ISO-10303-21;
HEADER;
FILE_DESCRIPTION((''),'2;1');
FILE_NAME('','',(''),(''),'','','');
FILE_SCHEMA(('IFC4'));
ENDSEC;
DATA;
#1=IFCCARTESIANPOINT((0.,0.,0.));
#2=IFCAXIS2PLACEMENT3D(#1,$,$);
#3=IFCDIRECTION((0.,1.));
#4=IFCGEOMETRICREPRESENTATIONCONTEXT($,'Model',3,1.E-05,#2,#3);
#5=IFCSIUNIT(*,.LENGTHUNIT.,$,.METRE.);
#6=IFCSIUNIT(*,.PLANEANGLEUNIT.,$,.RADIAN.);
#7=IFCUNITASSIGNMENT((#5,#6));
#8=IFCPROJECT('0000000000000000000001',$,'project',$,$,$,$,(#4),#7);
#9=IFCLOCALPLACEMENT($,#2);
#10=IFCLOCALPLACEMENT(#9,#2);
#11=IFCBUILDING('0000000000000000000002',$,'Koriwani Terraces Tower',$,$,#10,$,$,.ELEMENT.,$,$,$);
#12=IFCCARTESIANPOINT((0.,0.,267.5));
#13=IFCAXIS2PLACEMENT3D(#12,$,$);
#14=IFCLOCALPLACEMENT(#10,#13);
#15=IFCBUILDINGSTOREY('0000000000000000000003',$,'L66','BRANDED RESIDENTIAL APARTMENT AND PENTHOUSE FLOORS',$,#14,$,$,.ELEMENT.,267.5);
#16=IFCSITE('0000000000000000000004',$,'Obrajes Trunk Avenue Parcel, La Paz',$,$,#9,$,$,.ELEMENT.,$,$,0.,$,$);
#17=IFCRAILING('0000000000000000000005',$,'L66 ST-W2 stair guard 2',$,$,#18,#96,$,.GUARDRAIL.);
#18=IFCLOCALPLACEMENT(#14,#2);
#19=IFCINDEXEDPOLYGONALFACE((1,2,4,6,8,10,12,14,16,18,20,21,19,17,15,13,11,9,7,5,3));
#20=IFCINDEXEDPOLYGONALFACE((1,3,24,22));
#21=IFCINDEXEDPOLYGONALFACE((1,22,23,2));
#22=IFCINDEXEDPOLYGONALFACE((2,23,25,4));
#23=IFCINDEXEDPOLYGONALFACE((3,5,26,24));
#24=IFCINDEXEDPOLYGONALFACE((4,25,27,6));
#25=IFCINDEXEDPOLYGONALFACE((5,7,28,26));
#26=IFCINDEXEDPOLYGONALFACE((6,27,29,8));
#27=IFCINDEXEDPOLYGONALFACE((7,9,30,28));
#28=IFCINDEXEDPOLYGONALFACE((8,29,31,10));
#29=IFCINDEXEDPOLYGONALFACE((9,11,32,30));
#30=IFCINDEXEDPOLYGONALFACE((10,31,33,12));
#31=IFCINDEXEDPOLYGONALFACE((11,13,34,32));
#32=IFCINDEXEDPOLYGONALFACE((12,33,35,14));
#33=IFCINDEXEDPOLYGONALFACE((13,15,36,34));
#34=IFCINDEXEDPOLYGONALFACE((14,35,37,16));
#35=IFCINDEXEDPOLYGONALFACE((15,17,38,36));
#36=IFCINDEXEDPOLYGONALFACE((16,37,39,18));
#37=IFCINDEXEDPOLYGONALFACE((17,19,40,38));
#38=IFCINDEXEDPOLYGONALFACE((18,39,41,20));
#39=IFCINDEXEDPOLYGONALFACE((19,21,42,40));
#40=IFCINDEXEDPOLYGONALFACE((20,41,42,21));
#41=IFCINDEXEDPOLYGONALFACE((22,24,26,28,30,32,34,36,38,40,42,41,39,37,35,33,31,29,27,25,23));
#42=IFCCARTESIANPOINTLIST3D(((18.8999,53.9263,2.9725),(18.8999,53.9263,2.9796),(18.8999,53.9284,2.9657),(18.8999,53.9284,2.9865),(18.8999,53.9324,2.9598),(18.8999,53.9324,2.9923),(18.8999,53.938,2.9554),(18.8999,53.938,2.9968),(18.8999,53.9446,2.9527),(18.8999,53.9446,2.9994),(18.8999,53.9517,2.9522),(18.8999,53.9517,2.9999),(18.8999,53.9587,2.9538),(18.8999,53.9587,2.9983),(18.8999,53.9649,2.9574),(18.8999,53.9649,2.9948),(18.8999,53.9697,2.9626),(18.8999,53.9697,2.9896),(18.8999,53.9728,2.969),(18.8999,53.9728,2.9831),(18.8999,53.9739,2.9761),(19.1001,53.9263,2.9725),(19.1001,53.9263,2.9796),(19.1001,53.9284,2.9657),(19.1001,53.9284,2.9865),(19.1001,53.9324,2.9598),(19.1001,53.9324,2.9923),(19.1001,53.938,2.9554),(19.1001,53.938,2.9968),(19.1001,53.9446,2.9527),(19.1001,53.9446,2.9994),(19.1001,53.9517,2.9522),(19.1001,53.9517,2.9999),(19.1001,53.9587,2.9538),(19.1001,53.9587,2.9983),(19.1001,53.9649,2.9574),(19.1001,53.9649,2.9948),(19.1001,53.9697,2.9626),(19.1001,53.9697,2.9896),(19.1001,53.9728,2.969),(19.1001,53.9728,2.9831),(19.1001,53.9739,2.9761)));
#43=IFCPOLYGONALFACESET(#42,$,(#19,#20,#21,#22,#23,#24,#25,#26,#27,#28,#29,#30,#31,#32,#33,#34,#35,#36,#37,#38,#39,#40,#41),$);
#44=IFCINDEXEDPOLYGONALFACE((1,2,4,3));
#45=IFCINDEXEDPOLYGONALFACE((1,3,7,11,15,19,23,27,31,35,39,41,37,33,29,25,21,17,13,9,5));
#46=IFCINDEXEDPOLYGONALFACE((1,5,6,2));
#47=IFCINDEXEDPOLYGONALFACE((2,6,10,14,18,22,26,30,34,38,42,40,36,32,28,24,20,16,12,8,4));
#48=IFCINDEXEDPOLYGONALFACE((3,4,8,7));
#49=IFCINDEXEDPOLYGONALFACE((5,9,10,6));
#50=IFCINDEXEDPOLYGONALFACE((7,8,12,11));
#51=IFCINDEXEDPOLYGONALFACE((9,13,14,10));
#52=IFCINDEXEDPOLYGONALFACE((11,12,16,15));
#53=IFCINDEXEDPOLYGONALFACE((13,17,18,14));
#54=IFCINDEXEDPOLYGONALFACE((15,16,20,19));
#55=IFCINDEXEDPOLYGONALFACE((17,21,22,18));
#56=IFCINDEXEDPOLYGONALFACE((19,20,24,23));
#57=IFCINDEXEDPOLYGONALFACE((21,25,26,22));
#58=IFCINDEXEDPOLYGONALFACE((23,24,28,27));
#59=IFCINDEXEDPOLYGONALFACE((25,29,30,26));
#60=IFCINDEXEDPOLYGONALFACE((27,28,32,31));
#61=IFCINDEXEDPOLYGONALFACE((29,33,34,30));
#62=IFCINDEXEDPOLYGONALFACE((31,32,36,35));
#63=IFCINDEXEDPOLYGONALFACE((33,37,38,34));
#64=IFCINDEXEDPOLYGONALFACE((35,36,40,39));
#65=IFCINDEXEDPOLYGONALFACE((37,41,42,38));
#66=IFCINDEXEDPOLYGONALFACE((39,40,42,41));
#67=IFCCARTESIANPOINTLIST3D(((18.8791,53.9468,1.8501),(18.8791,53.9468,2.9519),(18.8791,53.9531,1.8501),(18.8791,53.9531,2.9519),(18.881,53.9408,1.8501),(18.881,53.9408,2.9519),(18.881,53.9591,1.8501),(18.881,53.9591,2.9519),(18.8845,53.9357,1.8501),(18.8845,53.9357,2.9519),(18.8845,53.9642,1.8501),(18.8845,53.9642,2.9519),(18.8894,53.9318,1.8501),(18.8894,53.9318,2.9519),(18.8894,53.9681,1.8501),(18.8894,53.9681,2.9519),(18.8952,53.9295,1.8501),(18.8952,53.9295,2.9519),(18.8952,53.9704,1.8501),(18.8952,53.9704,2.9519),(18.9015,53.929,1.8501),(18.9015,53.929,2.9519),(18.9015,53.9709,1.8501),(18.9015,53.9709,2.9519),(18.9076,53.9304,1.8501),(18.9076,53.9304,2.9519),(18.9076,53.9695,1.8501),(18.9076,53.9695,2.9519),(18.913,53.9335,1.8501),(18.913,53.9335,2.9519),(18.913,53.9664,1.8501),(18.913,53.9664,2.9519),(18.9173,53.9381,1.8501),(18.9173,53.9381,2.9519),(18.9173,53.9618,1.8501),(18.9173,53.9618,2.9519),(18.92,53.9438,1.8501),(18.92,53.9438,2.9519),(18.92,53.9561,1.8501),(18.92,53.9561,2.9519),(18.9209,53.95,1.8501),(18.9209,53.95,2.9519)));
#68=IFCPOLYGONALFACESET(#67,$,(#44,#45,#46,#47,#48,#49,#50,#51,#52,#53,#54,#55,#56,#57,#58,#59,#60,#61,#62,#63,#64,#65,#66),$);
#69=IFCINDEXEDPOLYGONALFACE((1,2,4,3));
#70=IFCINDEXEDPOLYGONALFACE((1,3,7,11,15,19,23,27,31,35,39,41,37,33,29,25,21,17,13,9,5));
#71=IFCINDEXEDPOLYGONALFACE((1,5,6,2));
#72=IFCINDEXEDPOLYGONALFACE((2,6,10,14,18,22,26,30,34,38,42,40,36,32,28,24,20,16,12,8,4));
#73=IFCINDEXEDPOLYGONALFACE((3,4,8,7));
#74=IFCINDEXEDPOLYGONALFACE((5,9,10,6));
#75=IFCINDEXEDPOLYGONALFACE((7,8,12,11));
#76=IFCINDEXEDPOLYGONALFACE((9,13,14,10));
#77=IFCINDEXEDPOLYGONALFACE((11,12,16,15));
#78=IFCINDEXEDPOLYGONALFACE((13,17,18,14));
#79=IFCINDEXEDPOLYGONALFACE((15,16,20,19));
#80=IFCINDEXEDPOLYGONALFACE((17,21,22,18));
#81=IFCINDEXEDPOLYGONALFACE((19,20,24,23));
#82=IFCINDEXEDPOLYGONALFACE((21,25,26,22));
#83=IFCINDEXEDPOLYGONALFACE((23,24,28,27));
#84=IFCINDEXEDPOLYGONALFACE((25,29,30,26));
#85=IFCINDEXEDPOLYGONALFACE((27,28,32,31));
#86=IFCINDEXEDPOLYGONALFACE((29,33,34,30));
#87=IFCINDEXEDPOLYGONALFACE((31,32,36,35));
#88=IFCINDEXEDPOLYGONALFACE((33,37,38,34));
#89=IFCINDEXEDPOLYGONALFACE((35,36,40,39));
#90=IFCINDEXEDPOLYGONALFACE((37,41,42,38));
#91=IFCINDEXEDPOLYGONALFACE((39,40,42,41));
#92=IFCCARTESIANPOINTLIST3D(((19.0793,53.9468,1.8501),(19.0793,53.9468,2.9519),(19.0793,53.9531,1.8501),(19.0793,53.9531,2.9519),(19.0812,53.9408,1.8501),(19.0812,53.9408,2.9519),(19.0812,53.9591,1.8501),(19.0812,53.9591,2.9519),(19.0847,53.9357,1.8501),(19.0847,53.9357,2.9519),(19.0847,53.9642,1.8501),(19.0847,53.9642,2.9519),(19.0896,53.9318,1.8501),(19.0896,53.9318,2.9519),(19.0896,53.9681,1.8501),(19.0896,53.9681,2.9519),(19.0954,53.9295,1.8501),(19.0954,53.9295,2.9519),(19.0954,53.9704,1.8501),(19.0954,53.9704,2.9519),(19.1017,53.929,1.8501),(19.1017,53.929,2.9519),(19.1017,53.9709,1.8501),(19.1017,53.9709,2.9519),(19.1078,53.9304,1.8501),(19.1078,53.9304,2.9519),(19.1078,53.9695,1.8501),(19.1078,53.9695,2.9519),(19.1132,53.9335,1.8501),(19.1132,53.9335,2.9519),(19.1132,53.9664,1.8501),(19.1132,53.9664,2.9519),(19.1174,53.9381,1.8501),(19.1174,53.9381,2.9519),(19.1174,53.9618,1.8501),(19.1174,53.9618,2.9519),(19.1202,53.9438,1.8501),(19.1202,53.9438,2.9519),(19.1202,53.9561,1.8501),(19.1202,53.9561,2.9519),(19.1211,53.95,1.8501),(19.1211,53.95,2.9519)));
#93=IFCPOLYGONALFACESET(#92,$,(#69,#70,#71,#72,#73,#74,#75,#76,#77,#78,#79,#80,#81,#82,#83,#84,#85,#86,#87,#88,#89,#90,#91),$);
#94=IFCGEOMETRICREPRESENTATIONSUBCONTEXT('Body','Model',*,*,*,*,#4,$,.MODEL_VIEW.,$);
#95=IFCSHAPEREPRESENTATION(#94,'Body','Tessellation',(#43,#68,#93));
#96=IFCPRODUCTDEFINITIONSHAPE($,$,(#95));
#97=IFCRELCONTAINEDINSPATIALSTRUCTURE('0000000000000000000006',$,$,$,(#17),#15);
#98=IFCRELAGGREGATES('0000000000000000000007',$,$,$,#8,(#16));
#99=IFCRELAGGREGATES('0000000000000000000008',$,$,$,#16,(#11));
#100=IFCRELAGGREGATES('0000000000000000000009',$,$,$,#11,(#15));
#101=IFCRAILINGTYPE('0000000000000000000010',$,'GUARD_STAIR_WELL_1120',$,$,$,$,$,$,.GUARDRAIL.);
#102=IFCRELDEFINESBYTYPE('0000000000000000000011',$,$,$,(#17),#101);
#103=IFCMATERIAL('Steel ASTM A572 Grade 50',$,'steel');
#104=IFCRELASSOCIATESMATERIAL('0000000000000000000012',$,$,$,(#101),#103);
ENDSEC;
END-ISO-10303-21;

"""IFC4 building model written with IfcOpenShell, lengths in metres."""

from ifc_helpers import new_model, si_unit, direction, frame, origin, origin_2d, place, context, subcontext, project, spatial, circle, extrude, material, type_object, element, save


model = new_model("IFC4")

# Units and contexts
model_context = context("Model", 3, precision=1e-05, world=origin(), true_north=direction((0.0, 1.0)))
body_context = subcontext(model_context, "Body", "Model", "MODEL_VIEW")
ifc_project = project(units=[si_unit("LENGTHUNIT", "METRE"), si_unit("PLANEANGLEUNIT", "RADIAN")], contexts=[model_context])

# Site, building, storey
site_placement = place(None, origin())
site = spatial("IfcSite", under=ifc_project, at=site_placement, Name="Obrajes Trunk Avenue Parcel, La Paz", CompositionType="ELEMENT", RefElevation=0.0)
building_placement = place(site_placement, origin())
building = spatial("IfcBuilding", under=site, at=building_placement, Name="Koriwani Terraces Tower", CompositionType="ELEMENT")
storey_placement = place(building_placement, frame((0.0, 0.0, 267.5)))
storey = spatial("IfcBuildingStorey", under=building, at=storey_placement, Name="L66", Description="BRANDED RESIDENTIAL APARTMENT AND PENTHOUSE FLOORS", CompositionType="ELEMENT", Elevation=267.5)

# Shared definitions
ifc_material_1 = material(Name="Steel ASTM A572 Grade 50", Category="steel")

# Railing
railing_type_1 = type_object("IfcRailingType", Name="GUARD_STAIR_WELL_1120", PredefinedType="GUARDRAIL", material=ifc_material_1)
railing_1_placement = place(storey_placement, frame((18.8999, 53.95, 1.8501)))
element("IfcRailing", 1, at=railing_1_placement, inside=storey, type_object=railing_type_1, Name="L66 ST-W2 stair guard 2", PredefinedType="GUARDRAIL", context=body_context, shape_type="SweptSolid", body=[
    extrude(circle(Radius=0.0239, at=origin_2d()), frame((0.0, 0.0, 1.126), z_axis=(1.0, 0.0, 0.0), x_axis=(0.0, 1.0, 0.0)), (0.0, 0.0, 1.0), 0.2002),
    extrude(circle(Radius=0.021, at=origin_2d()), origin(), (0.0, 0.0, 1.0), 1.1018),
    extrude(circle(Radius=0.021, at=origin_2d()), frame((0.2002, 0.0, 0.0)), (0.0, 0.0, 1.0), 1.1018),
])

save(model, "model.ifc")
